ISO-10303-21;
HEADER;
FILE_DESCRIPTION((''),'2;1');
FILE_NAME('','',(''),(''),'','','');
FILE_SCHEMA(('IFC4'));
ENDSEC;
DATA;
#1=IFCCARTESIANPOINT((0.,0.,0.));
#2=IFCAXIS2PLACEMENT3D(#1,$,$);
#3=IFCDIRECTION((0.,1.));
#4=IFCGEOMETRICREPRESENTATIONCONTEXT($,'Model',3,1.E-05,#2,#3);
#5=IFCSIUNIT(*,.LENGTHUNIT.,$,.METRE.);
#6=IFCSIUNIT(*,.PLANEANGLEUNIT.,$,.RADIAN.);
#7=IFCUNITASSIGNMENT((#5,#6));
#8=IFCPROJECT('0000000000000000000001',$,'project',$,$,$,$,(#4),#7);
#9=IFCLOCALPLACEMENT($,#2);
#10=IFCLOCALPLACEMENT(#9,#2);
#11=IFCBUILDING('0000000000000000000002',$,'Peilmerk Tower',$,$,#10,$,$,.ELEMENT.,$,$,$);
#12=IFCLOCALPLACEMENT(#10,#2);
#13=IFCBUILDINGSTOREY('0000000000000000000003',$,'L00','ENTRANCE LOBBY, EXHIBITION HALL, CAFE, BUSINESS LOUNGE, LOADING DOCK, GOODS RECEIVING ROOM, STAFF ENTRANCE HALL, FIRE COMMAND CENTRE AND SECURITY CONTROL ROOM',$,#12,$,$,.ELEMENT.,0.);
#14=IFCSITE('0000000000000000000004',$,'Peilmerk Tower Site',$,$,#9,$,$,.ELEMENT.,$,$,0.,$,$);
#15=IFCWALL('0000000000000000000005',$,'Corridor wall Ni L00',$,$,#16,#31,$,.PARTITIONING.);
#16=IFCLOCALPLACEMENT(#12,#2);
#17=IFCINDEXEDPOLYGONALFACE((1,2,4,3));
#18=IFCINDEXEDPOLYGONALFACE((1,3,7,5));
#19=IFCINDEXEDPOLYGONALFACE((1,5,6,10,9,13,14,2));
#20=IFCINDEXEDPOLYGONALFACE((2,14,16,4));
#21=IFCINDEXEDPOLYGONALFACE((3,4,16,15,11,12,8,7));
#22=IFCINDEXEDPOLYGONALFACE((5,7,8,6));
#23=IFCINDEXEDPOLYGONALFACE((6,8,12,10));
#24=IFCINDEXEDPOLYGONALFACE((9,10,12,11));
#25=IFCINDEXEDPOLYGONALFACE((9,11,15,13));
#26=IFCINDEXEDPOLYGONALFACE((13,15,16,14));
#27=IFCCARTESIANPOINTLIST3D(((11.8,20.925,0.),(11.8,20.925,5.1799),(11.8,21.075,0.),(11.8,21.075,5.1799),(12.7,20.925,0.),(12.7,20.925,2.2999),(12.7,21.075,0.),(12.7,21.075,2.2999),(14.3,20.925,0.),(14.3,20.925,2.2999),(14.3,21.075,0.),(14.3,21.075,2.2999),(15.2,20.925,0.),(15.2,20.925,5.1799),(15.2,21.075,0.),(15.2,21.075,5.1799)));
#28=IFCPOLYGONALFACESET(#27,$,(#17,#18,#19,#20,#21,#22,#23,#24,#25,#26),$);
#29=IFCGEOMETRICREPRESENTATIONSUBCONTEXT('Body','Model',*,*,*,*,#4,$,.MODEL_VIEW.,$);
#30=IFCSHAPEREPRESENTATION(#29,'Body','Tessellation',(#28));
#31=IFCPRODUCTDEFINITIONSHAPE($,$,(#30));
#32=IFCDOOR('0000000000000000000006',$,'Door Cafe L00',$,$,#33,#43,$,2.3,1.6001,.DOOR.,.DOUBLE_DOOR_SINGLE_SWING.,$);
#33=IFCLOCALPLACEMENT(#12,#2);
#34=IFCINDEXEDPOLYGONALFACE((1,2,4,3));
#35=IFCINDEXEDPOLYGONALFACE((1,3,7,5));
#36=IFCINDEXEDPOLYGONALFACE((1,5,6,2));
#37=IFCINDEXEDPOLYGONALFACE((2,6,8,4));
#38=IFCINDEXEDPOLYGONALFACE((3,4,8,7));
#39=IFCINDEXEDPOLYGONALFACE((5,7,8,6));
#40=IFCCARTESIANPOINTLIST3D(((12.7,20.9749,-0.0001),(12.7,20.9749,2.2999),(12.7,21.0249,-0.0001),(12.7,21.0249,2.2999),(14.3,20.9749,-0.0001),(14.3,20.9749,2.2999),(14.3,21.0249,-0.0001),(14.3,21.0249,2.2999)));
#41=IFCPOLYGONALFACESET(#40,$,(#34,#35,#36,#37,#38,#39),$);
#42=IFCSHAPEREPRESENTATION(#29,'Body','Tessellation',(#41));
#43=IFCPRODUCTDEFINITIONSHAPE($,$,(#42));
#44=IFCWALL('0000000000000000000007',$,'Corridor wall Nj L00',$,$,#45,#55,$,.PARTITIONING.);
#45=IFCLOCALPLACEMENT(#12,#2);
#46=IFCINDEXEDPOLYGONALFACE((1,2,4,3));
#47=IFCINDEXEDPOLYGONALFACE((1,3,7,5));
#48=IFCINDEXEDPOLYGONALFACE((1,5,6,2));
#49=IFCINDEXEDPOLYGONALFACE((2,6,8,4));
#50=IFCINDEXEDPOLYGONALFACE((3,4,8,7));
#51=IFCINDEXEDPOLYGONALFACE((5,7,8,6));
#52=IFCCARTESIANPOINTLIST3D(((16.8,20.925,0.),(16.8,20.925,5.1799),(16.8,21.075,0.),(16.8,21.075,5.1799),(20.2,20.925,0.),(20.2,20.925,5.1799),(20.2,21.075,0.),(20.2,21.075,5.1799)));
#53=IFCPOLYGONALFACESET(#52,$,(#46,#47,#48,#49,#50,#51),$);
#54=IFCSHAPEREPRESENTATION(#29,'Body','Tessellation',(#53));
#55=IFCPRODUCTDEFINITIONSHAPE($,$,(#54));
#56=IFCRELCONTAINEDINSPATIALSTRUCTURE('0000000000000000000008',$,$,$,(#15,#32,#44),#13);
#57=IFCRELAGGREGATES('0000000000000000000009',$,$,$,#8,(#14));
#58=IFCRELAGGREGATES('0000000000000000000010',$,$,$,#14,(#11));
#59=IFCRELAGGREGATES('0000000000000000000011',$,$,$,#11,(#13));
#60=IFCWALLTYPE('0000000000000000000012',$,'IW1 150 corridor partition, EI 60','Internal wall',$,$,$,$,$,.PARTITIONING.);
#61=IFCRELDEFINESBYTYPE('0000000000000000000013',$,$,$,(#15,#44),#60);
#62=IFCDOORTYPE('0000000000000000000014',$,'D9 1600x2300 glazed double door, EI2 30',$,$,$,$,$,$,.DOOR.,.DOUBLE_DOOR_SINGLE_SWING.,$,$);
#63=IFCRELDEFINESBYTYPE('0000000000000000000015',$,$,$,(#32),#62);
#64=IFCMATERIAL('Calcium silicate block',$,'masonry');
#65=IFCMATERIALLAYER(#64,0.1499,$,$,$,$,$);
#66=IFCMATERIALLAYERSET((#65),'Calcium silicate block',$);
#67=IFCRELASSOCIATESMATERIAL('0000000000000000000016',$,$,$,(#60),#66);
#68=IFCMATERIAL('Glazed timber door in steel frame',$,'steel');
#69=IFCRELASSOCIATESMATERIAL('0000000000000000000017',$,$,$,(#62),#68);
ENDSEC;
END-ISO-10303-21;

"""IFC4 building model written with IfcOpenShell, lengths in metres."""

from ifc_helpers import new_model, si_unit, direction, frame, frame_2d, origin, place, context, subcontext, project, spatial, rectangle, extrude, material, layer, layer_set, type_object, element, fill, save


model = new_model("IFC4")

# Units and contexts
model_context = context("Model", 3, precision=1e-05, world=origin(), true_north=direction((0.0, 1.0)))
body_context = subcontext(model_context, "Body", "Model", "MODEL_VIEW")
ifc_project = project(units=[si_unit("LENGTHUNIT", "METRE"), si_unit("PLANEANGLEUNIT", "RADIAN")], contexts=[model_context])

# Site, building, storey
site_placement = place(None, origin())
site = spatial("IfcSite", under=ifc_project, at=site_placement, Name="Peilmerk Tower Site", CompositionType="ELEMENT", RefElevation=0.0)
building_placement = place(site_placement, origin())
building = spatial("IfcBuilding", under=site, at=building_placement, Name="Peilmerk Tower", CompositionType="ELEMENT")
storey_placement = place(building_placement, origin())
storey = spatial("IfcBuildingStorey", under=building, at=storey_placement, Name="L00", Description="ENTRANCE LOBBY, EXHIBITION HALL, CAFE, BUSINESS LOUNGE, LOADING DOCK, GOODS RECEIVING ROOM, STAFF ENTRANCE HALL, FIRE COMMAND CENTRE AND SECURITY CONTROL ROOM", CompositionType="ELEMENT", Elevation=0.0)

# Shared definitions
ifc_material_1 = material(Name="Calcium silicate block", Category="masonry")
ifc_layer = layer(ifc_material_1, 0.1499)
ifc_layer_set = layer_set([ifc_layer], Name="Calcium silicate block")
wall_type = type_object("IfcWallType", Name="IW1 150 corridor partition, EI 60", Description="Internal wall", PredefinedType="PARTITIONING", material=ifc_layer_set)

# Wall, opening, door
wall_1_placement = place(storey_placement, frame((11.8, 21.0, 0.0), z_axis=(0.0, 0.0, 1.0), x_axis=(1.0, 0.0, 0.0)))
wall_1 = element("IfcWall", 1, at=wall_1_placement, inside=storey, type_object=wall_type, Name="Corridor wall Ni L00", PredefinedType="PARTITIONING", context=body_context, shape_type="SweptSolid", body=[
    extrude(rectangle(XDim=3.3999, YDim=0.1499, at=frame_2d((1.7, 0.0))), origin(), (0.0, 0.0, 1.0), 5.1799),
])
opening_placement = place(wall_1_placement, frame((0.8999, 0.0, 0.0)))
opening = element("IfcOpeningElement", 2, at=opening_placement, cuts=wall_1, PredefinedType="OPENING", context=body_context, shape_type="SweptSolid", body=[
    extrude(rectangle(XDim=1.6001, YDim=2.3, at=frame_2d((0.8, 1.1499))), frame((0.0, 0.085, 0.0), z_axis=(0.0, -1.0, 0.0), x_axis=(1.0, 0.0, 0.0)), (0.0, 0.0, 1.0), 0.1699),
])
ifc_material_2 = material(Name="Glazed timber door in steel frame", Category="steel")
door_type = type_object("IfcDoorType", Name="D9 1600x2300 glazed double door, EI2 30", OperationType="DOUBLE_DOOR_SINGLE_SWING", PredefinedType="DOOR", material=ifc_material_2)
door_placement = place(opening_placement, origin())
door = element("IfcDoor", 3, at=door_placement, inside=storey, type_object=door_type, Name="Door Cafe L00", OperationType="DOUBLE_DOOR_SINGLE_SWING", OverallHeight=2.3, OverallWidth=1.6001, PredefinedType="DOOR", context=body_context, shape_type="SweptSolid", body=[
    extrude(rectangle(XDim=1.6001, YDim=2.3, at=frame_2d((0.8, 1.1499))), frame((0.0, 0.0249, 0.0), z_axis=(0.0, -1.0, 0.0), x_axis=(1.0, 0.0, 0.0)), (0.0, 0.0, 1.0), 0.05),
])
fill(opening, door)

# Wall
wall_2_placement = place(storey_placement, frame((16.8, 21.0, 0.0), z_axis=(0.0, 0.0, 1.0), x_axis=(1.0, 0.0, 0.0)))
element("IfcWall", 4, at=wall_2_placement, inside=storey, type_object=wall_type, Name="Corridor wall Nj L00", PredefinedType="PARTITIONING", context=body_context, shape_type="SweptSolid", body=[
    extrude(rectangle(XDim=3.3999, YDim=0.1499, at=frame_2d((1.7, 0.0))), origin(), (0.0, 0.0, 1.0), 5.1799),
])

save(model, "model.ifc")
